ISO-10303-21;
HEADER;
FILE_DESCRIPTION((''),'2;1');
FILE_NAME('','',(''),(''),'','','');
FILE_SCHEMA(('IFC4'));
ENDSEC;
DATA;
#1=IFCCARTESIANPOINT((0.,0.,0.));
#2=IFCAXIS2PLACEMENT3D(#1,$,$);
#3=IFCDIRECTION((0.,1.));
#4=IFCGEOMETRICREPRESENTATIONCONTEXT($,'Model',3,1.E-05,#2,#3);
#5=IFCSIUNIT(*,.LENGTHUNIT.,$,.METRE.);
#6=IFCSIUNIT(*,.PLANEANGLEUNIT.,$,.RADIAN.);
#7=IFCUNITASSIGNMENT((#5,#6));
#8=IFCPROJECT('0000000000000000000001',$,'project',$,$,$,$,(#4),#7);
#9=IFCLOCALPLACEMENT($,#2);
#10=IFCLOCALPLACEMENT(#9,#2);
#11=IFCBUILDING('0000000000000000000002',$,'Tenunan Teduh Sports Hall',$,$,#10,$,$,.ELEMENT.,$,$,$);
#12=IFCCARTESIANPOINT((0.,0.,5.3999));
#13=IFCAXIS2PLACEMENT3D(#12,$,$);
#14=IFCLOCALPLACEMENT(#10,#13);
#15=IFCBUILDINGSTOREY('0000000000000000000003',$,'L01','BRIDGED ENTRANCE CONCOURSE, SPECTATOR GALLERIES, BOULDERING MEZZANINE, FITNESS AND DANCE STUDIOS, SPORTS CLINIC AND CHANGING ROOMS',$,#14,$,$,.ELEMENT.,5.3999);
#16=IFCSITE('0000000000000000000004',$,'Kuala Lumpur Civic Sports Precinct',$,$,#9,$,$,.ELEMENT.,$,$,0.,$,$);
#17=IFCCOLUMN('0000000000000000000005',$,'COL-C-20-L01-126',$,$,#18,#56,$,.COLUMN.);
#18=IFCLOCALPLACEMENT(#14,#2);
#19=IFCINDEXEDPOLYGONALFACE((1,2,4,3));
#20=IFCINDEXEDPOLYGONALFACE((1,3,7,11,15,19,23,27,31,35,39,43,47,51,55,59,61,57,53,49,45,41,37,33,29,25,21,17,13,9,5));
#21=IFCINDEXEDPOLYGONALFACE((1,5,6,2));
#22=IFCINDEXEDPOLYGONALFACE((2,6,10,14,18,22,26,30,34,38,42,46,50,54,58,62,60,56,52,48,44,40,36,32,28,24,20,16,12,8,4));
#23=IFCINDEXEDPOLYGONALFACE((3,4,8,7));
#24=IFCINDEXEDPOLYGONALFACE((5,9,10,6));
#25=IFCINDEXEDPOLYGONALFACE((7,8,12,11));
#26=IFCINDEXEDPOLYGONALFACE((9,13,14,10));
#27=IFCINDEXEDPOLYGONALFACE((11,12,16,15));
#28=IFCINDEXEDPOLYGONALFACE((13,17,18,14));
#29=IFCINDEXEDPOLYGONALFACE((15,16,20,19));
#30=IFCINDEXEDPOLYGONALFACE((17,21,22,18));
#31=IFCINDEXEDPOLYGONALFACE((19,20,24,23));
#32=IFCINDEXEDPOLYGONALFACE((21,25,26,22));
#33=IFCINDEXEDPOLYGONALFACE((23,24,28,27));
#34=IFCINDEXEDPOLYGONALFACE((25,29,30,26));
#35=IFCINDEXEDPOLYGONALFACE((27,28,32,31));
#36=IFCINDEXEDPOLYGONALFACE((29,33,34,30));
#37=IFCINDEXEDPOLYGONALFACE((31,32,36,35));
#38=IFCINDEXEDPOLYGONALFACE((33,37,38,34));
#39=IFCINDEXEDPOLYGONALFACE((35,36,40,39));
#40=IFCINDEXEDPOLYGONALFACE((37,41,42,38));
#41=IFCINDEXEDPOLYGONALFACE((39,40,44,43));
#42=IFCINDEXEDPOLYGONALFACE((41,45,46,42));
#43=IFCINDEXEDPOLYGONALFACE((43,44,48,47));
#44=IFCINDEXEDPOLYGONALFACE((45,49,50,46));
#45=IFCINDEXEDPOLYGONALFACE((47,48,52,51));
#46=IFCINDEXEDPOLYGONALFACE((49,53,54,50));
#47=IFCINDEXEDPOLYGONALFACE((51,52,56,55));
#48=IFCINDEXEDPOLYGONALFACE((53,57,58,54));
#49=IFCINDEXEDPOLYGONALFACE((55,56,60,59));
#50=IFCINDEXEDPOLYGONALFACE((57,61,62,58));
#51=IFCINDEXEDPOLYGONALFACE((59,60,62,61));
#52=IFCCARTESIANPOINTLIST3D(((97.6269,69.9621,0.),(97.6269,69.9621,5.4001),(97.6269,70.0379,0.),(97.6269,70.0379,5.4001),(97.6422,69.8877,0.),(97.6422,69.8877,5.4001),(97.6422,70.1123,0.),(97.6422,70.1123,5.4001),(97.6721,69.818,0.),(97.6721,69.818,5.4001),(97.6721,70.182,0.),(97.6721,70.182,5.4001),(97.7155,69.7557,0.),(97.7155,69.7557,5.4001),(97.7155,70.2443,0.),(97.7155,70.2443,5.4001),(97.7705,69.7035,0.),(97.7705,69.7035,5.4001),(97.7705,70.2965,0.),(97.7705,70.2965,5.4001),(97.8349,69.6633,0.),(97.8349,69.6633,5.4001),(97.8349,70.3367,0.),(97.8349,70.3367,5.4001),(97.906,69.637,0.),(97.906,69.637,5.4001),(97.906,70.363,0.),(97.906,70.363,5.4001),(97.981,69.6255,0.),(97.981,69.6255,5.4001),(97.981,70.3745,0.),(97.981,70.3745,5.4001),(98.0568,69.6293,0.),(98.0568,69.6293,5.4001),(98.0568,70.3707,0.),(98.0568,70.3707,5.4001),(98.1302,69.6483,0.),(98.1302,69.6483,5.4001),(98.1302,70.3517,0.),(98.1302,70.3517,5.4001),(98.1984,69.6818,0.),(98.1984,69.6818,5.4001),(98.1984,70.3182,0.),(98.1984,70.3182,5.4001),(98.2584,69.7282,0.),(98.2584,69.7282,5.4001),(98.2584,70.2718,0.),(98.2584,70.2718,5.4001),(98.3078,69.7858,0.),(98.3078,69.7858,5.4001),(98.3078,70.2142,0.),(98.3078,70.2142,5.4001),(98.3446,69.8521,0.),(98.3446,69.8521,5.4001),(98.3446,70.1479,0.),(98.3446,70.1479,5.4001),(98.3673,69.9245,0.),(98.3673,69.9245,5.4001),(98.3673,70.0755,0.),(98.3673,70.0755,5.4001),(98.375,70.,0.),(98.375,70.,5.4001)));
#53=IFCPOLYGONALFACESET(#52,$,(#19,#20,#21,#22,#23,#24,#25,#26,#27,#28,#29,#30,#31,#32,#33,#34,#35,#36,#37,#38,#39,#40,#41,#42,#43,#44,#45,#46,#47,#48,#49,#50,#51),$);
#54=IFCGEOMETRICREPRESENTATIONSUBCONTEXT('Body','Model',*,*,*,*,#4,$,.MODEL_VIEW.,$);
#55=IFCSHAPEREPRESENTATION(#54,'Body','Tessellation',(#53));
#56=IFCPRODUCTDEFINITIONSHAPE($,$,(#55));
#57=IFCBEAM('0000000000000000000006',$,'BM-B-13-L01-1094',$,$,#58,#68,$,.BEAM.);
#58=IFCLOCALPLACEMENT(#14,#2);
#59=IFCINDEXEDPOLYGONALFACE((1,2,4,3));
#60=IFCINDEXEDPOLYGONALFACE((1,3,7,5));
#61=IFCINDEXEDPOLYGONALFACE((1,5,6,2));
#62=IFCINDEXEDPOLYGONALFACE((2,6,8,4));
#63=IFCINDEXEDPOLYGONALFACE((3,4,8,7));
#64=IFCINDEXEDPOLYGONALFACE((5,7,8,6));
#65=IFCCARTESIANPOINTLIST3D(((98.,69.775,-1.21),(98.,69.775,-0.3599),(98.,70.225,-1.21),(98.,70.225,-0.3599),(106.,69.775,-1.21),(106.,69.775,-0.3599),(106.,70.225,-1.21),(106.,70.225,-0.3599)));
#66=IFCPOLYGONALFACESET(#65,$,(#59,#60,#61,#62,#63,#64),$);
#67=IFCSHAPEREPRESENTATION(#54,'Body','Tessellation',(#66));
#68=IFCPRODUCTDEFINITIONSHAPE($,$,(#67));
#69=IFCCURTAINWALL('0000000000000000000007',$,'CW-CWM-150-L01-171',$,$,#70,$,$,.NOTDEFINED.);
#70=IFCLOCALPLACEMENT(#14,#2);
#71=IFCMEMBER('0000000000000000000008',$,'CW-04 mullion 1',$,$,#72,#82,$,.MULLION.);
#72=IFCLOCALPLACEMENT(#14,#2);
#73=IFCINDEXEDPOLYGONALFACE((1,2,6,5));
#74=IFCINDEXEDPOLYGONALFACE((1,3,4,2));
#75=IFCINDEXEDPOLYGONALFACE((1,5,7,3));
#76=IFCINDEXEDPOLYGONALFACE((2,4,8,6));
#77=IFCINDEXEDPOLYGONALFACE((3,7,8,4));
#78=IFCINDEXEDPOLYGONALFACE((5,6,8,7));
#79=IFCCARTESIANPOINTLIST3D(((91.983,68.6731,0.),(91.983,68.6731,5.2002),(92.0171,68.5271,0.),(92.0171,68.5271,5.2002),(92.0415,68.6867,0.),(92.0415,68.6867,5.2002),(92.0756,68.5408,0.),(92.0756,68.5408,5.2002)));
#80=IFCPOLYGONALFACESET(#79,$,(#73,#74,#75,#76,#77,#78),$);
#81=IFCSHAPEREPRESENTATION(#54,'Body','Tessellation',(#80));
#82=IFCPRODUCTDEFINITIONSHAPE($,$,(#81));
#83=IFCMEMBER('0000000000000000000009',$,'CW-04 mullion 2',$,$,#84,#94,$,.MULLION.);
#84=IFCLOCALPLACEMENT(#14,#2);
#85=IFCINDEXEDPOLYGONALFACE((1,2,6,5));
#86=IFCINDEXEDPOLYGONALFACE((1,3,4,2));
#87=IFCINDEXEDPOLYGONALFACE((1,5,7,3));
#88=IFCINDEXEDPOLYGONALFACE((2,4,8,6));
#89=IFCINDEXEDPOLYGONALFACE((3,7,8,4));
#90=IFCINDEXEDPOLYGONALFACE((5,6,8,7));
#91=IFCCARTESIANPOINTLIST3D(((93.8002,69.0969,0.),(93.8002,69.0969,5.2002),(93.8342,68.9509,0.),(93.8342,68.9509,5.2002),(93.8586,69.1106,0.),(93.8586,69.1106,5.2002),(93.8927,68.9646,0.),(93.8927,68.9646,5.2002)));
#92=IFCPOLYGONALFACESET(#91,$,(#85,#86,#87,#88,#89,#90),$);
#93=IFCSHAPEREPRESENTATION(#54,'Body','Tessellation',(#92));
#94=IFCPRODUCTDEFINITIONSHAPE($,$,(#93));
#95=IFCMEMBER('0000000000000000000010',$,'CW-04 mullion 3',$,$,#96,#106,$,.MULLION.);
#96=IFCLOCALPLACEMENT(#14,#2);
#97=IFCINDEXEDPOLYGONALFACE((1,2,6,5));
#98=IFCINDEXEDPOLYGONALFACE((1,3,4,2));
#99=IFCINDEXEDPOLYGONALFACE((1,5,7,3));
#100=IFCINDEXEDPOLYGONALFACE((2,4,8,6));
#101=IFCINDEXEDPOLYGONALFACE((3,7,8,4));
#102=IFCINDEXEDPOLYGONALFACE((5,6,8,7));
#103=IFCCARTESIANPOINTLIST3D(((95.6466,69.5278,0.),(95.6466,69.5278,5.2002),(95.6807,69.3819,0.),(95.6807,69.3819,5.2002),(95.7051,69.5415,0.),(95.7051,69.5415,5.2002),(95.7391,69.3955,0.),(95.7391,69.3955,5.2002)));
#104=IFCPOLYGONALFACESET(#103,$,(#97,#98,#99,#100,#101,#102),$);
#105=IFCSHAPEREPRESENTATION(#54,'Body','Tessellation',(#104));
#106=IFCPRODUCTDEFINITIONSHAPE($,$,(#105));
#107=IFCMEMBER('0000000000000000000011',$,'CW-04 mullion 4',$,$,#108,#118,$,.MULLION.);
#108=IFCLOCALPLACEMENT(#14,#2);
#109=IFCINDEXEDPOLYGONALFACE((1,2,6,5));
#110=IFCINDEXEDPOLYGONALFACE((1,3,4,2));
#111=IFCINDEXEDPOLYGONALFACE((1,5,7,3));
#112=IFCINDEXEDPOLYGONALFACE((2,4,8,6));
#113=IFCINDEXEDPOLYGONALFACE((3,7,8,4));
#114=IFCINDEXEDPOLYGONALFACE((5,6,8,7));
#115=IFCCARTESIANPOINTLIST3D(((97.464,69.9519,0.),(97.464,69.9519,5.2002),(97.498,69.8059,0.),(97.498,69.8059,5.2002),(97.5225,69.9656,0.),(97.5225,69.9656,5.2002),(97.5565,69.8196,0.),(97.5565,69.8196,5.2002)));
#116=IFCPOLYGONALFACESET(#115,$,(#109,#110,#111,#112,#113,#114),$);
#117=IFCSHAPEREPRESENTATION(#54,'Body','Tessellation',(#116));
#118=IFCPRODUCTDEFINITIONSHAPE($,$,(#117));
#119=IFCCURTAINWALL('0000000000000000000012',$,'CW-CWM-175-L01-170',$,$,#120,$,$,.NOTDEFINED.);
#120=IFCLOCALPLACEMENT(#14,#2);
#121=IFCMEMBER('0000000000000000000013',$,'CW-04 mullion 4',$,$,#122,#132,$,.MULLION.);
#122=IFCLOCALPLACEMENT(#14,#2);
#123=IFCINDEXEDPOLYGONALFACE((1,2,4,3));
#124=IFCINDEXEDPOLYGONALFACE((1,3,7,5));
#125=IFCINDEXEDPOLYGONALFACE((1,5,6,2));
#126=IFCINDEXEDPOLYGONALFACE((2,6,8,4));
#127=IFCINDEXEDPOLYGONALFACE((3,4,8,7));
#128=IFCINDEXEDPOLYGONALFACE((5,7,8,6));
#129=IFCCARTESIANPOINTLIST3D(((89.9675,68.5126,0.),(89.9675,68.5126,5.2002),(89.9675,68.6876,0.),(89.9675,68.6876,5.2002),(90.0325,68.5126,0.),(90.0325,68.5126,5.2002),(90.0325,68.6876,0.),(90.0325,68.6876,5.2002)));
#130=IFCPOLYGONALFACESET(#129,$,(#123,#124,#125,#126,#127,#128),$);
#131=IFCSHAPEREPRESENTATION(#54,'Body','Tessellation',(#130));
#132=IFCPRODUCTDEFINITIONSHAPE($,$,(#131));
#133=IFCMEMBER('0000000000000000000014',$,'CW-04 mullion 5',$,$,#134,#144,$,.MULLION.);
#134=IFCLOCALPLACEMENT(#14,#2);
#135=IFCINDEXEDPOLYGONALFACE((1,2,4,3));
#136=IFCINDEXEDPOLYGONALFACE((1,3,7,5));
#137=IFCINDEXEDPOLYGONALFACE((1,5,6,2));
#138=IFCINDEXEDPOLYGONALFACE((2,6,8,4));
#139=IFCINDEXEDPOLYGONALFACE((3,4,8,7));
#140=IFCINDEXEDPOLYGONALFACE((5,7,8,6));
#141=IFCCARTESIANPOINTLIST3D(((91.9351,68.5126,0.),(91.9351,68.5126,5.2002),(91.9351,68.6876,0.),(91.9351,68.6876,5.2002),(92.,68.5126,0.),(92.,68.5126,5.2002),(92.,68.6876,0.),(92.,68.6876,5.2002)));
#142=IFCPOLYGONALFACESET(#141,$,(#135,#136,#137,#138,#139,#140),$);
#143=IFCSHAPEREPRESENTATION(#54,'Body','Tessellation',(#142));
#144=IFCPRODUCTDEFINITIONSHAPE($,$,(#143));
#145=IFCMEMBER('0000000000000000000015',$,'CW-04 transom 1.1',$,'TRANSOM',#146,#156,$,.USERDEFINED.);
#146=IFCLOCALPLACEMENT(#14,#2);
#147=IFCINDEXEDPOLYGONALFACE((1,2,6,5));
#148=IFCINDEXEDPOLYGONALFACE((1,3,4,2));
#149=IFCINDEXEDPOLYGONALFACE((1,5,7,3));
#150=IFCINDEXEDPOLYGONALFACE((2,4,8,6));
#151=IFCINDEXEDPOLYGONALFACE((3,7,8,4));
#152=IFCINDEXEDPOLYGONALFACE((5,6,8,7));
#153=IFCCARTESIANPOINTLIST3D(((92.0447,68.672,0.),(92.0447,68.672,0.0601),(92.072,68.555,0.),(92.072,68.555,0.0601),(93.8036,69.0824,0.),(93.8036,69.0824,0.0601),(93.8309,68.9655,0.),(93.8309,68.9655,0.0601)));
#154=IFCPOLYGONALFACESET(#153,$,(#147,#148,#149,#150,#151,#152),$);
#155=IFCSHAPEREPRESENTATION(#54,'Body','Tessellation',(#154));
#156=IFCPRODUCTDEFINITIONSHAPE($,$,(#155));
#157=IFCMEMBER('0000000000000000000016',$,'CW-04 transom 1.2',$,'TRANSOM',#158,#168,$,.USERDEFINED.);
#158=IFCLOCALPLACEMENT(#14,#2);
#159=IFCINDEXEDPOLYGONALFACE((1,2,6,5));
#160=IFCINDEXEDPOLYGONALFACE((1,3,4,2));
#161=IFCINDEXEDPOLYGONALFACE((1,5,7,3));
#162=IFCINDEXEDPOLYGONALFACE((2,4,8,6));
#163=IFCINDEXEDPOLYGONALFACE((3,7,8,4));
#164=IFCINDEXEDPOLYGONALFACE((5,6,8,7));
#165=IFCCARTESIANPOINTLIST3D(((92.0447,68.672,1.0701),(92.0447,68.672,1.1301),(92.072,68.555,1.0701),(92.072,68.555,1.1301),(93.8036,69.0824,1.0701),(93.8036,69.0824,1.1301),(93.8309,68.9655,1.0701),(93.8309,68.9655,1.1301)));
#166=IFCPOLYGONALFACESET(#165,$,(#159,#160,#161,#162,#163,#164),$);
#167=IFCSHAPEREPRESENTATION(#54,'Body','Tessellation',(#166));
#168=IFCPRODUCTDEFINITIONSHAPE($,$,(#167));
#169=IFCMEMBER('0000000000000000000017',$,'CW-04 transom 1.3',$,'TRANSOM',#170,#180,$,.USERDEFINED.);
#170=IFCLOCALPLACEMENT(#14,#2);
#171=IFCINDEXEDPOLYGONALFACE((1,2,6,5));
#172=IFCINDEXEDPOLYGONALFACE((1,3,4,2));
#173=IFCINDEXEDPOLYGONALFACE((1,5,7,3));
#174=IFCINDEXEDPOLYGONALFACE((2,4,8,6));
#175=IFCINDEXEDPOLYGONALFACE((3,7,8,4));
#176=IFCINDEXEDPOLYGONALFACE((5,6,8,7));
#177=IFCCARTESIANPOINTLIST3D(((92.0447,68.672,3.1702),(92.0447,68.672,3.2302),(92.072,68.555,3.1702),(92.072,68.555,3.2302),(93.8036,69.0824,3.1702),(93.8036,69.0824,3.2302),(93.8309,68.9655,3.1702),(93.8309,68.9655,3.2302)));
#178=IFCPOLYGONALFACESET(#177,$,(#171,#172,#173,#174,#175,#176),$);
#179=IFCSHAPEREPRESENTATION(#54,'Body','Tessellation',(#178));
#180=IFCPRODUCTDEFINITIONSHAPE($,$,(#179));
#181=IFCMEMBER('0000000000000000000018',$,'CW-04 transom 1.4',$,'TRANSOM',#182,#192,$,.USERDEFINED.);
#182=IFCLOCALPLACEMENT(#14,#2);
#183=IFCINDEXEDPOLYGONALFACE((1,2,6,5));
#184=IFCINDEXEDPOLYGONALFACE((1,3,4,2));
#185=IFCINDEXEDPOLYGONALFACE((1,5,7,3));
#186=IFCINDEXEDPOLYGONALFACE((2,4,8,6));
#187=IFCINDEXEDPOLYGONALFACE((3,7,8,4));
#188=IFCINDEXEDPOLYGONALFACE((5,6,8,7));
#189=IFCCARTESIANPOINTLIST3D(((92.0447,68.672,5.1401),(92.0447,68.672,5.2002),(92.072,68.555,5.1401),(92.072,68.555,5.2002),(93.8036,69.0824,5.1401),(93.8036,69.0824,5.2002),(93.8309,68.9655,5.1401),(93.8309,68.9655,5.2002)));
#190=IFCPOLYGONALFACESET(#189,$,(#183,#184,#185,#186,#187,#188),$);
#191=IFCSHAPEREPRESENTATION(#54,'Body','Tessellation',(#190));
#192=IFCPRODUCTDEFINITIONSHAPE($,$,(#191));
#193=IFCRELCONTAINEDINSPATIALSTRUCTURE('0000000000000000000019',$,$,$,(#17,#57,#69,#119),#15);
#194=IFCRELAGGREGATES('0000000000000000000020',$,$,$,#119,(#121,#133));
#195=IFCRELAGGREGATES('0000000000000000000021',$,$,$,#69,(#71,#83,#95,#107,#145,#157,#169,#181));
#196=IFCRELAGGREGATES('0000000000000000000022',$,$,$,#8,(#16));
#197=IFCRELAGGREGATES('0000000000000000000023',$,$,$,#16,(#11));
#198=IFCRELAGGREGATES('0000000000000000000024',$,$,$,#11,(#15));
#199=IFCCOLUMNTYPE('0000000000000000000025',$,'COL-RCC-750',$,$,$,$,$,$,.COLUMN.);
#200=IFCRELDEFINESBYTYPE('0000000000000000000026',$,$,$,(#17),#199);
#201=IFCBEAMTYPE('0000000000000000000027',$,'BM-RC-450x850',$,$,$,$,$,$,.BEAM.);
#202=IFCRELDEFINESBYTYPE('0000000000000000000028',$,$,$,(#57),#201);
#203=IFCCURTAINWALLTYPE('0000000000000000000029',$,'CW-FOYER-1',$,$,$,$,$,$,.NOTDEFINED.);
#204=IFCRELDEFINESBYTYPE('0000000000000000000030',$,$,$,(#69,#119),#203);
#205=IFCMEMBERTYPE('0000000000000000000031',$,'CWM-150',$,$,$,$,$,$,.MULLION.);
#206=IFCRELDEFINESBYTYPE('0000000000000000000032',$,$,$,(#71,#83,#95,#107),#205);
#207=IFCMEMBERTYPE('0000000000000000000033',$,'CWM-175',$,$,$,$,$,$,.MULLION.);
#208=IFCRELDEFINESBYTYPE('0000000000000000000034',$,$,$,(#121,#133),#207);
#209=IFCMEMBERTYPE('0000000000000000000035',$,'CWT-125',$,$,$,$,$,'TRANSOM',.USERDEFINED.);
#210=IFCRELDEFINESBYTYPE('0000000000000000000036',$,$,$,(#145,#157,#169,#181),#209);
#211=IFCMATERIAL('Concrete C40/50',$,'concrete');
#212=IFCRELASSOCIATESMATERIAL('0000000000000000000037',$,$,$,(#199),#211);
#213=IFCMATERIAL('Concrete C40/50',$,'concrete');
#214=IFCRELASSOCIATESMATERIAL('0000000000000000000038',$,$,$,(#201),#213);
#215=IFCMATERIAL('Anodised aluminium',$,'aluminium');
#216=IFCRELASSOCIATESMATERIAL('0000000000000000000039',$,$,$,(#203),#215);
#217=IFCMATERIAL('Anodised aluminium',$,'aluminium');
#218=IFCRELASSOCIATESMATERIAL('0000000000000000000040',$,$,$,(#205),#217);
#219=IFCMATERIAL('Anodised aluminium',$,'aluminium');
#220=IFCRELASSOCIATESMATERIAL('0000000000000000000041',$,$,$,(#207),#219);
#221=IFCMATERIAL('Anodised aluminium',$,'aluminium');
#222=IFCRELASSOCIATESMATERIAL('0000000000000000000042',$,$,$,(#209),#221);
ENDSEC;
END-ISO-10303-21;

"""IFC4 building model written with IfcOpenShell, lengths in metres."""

from ifc_helpers import new_model, si_unit, direction, frame, origin, origin_2d, place, context, subcontext, project, spatial, rectangle, circle, extrude, material, material_profile, profile_set, type_object, element, aggregate, save


model = new_model("IFC4")

# Units and contexts
model_context = context("Model", 3, precision=1e-05, world=origin(), true_north=direction((0.0, 1.0)))
body_context = subcontext(model_context, "Body", "Model", "MODEL_VIEW")
ifc_project = project(units=[si_unit("LENGTHUNIT", "METRE"), si_unit("PLANEANGLEUNIT", "RADIAN")], contexts=[model_context])

# Site, building, storey
site_placement = place(None, origin())
site = spatial("IfcSite", under=ifc_project, at=site_placement, Name="Kuala Lumpur Civic Sports Precinct", CompositionType="ELEMENT", RefElevation=0.0)
building_placement = place(site_placement, origin())
building = spatial("IfcBuilding", under=site, at=building_placement, Name="Tenunan Teduh Sports Hall", CompositionType="ELEMENT")
storey_placement = place(building_placement, frame((0.0, 0.0, 5.3999)))
storey = spatial("IfcBuildingStorey", under=building, at=storey_placement, Name="L01", Description="BRIDGED ENTRANCE CONCOURSE, SPECTATOR GALLERIES, BOULDERING MEZZANINE, FITNESS AND DANCE STUDIOS, SPORTS CLINIC AND CHANGING ROOMS", CompositionType="ELEMENT", Elevation=5.3999)

# Column
ifc_material_1 = material(Name="Concrete C40/50", Category="concrete")
ifc_material_profile_1 = material_profile(ifc_material_1, circle(Radius=0.375, at=origin_2d()), Name="RCC D750")
ifc_profile_set_1 = profile_set([ifc_material_profile_1], Name="Concrete C40/50")
column_type = type_object("IfcColumnType", Name="COL-RCC-750", PredefinedType="COLUMN", material=ifc_profile_set_1)
column_placement = place(storey_placement, frame((98.0, 70.0, 0.0), z_axis=(0.0, 0.0, 1.0), x_axis=(1.0, 0.0, 0.0)))
element("IfcColumn", 1, at=column_placement, inside=storey, type_object=column_type, Name="COL-C-20-L01-126", PredefinedType="COLUMN", context=body_context, shape_type="SweptSolid", body=[
    extrude(circle(Radius=0.375, at=origin_2d()), origin(), (0.0, 0.0, 1.0), 5.4001),
])

# Beam
ifc_material_2 = material(Name="Concrete C40/50", Category="concrete")
ifc_material_profile_2 = material_profile(ifc_material_2, rectangle(XDim=0.45, YDim=0.8501, at=origin_2d()), Name="RCB 450x850")
ifc_profile_set_2 = profile_set([ifc_material_profile_2], Name="Concrete C40/50")
beam_type = type_object("IfcBeamType", Name="BM-RC-450x850", PredefinedType="BEAM", material=ifc_profile_set_2)
beam_placement = place(storey_placement, frame((98.0, 70.0, -0.7849), z_axis=(1.0, 0.0, 0.0), x_axis=(0.0, 1.0, 0.0)))
element("IfcBeam", 2, at=beam_placement, inside=storey, type_object=beam_type, Name="BM-B-13-L01-1094", PredefinedType="BEAM", context=body_context, shape_type="SweptSolid", body=[
    extrude(rectangle(XDim=0.45, YDim=0.8501, at=origin_2d()), origin(), (0.0, 0.0, 1.0), 8.0),
])

# Curtain walls, members
ifc_material_3 = material(Name="Anodised aluminium", Category="aluminium")
curtain_wall_type = type_object("IfcCurtainWallType", Name="CW-FOYER-1", PredefinedType="NOTDEFINED", material=ifc_material_3)
curtain_wall_1_placement = place(storey_placement, origin())
curtain_wall_1 = element("IfcCurtainWall", 3, at=curtain_wall_1_placement, inside=storey, type_object=curtain_wall_type, Name="CW-CWM-150-L01-171", PredefinedType="NOTDEFINED")
ifc_material_4 = material(Name="Anodised aluminium", Category="aluminium")
ifc_material_profile_3 = material_profile(ifc_material_4, rectangle(XDim=0.0601, YDim=0.1499, at=origin_2d()), Name="CWM 60x150")
ifc_profile_set_3 = profile_set([ifc_material_profile_3], Name="Anodised aluminium")
member_type_1 = type_object("IfcMemberType", Name="CWM-150", PredefinedType="MULLION", material=ifc_profile_set_3)
member_1_placement = place(storey_placement, frame((92.0293, 68.6069, 0.0), z_axis=(0.0, 0.0, 1.0), x_axis=(0.973842, 0.227226, 0.0)))
member_1 = element("IfcMember", 4, at=member_1_placement, type_object=member_type_1, Name="CW-04 mullion 1", PredefinedType="MULLION", context=body_context, shape_type="SweptSolid", body=[
    extrude(rectangle(XDim=0.0601, YDim=0.1499, at=origin_2d()), origin(), (0.0, 0.0, 1.0), 5.2002),
])
member_2_placement = place(storey_placement, frame((93.8464, 69.0308, 0.0), z_axis=(0.0, 0.0, 1.0), x_axis=(0.973842, 0.227226, 0.0)))
member_2 = element("IfcMember", 5, at=member_2_placement, type_object=member_type_1, Name="CW-04 mullion 2", PredefinedType="MULLION", context=body_context, shape_type="SweptSolid", body=[
    extrude(rectangle(XDim=0.0601, YDim=0.1499, at=origin_2d()), origin(), (0.0, 0.0, 1.0), 5.2002),
])
member_3_placement = place(storey_placement, frame((95.6929, 69.4617, 0.0), z_axis=(0.0, 0.0, 1.0), x_axis=(0.973842, 0.227226, 0.0)))
member_3 = element("IfcMember", 6, at=member_3_placement, type_object=member_type_1, Name="CW-04 mullion 3", PredefinedType="MULLION", context=body_context, shape_type="SweptSolid", body=[
    extrude(rectangle(XDim=0.0601, YDim=0.1499, at=origin_2d()), origin(), (0.0, 0.0, 1.0), 5.2002),
])
member_4_placement = place(storey_placement, frame((97.5103, 69.8857, 0.0), z_axis=(0.0, 0.0, 1.0), x_axis=(0.973842, 0.227226, 0.0)))
member_4 = element("IfcMember", 7, at=member_4_placement, type_object=member_type_1, Name="CW-04 mullion 4", PredefinedType="MULLION", context=body_context, shape_type="SweptSolid", body=[
    extrude(rectangle(XDim=0.0601, YDim=0.1499, at=origin_2d()), origin(), (0.0, 0.0, 1.0), 5.2002),
])
curtain_wall_2_placement = place(storey_placement, origin())
curtain_wall_2 = element("IfcCurtainWall", 8, at=curtain_wall_2_placement, inside=storey, type_object=curtain_wall_type, Name="CW-CWM-175-L01-170", PredefinedType="NOTDEFINED")
ifc_material_5 = material(Name="Anodised aluminium", Category="aluminium")
ifc_material_profile_4 = material_profile(ifc_material_5, rectangle(XDim=0.0649, YDim=0.175, at=origin_2d()), Name="CWM 65x175")
ifc_profile_set_4 = profile_set([ifc_material_profile_4], Name="Anodised aluminium")
member_type_2 = type_object("IfcMemberType", Name="CWM-175", PredefinedType="MULLION", material=ifc_profile_set_4)
member_5_placement = place(storey_placement, frame((90.0, 68.6001, 0.0), z_axis=(0.0, 0.0, 1.0), x_axis=(1.0, 0.0, 0.0)))
member_5 = element("IfcMember", 9, at=member_5_placement, type_object=member_type_2, Name="CW-04 mullion 4", PredefinedType="MULLION", context=body_context, shape_type="SweptSolid", body=[
    extrude(rectangle(XDim=0.0649, YDim=0.175, at=origin_2d()), origin(), (0.0, 0.0, 1.0), 5.2002),
])
member_6_placement = place(storey_placement, frame((91.9675, 68.6001, 0.0), z_axis=(0.0, 0.0, 1.0), x_axis=(1.0, 0.0, 0.0)))
member_6 = element("IfcMember", 10, at=member_6_placement, type_object=member_type_2, Name="CW-04 mullion 5", PredefinedType="MULLION", context=body_context, shape_type="SweptSolid", body=[
    extrude(rectangle(XDim=0.0649, YDim=0.175, at=origin_2d()), origin(), (0.0, 0.0, 1.0), 5.2002),
])

# Members
ifc_material_6 = material(Name="Anodised aluminium", Category="aluminium")
ifc_material_profile_5 = material_profile(ifc_material_6, rectangle(XDim=0.0601, YDim=0.1201, at=origin_2d()), Name="CWT 60x120")
ifc_profile_set_5 = profile_set([ifc_material_profile_5], Name="Anodised aluminium")
member_type_3 = type_object("IfcMemberType", Name="CWT-125", ElementType="TRANSOM", PredefinedType="USERDEFINED", material=ifc_profile_set_5)
member_7_placement = place(storey_placement, frame((92.0583, 68.6135, 0.03), z_axis=(0.973839, 0.227238, 0.0), x_axis=(0.0, 0.0, 1.0)))
member_7 = element("IfcMember", 11, at=member_7_placement, type_object=member_type_3, Name="CW-04 transom 1.1", ObjectType="TRANSOM", PredefinedType="USERDEFINED", context=body_context, shape_type="SweptSolid", body=[
    extrude(rectangle(XDim=0.0601, YDim=0.1201, at=origin_2d()), origin(), (0.0, 0.0, 1.0), 1.8062),
])
member_8_placement = place(storey_placement, frame((92.0583, 68.6135, 1.1001), z_axis=(0.973839, 0.227238, 0.0), x_axis=(0.0, 0.0, 1.0)))
member_8 = element("IfcMember", 12, at=member_8_placement, type_object=member_type_3, Name="CW-04 transom 1.2", ObjectType="TRANSOM", PredefinedType="USERDEFINED", context=body_context, shape_type="SweptSolid", body=[
    extrude(rectangle(XDim=0.0601, YDim=0.1201, at=origin_2d()), origin(), (0.0, 0.0, 1.0), 1.8062),
])
member_9_placement = place(storey_placement, frame((92.0583, 68.6135, 3.2002), z_axis=(0.973839, 0.227238, 0.0), x_axis=(0.0, 0.0, 1.0)))
member_9 = element("IfcMember", 13, at=member_9_placement, type_object=member_type_3, Name="CW-04 transom 1.3", ObjectType="TRANSOM", PredefinedType="USERDEFINED", context=body_context, shape_type="SweptSolid", body=[
    extrude(rectangle(XDim=0.0601, YDim=0.1201, at=origin_2d()), origin(), (0.0, 0.0, 1.0), 1.8062),
])
member_10_placement = place(storey_placement, frame((92.0583, 68.6135, 5.1702), z_axis=(0.973839, 0.227238, 0.0), x_axis=(0.0, 0.0, 1.0)))
member_10 = element("IfcMember", 14, at=member_10_placement, type_object=member_type_3, Name="CW-04 transom 1.4", ObjectType="TRANSOM", PredefinedType="USERDEFINED", context=body_context, shape_type="SweptSolid", body=[
    extrude(rectangle(XDim=0.0601, YDim=0.1201, at=origin_2d()), origin(), (0.0, 0.0, 1.0), 1.8062),
])

aggregate(curtain_wall_2, [member_5, member_6])
aggregate(curtain_wall_1, [member_1, member_2, member_3, member_4, member_7, member_8, member_9, member_10])

save(model, "model.ifc")
